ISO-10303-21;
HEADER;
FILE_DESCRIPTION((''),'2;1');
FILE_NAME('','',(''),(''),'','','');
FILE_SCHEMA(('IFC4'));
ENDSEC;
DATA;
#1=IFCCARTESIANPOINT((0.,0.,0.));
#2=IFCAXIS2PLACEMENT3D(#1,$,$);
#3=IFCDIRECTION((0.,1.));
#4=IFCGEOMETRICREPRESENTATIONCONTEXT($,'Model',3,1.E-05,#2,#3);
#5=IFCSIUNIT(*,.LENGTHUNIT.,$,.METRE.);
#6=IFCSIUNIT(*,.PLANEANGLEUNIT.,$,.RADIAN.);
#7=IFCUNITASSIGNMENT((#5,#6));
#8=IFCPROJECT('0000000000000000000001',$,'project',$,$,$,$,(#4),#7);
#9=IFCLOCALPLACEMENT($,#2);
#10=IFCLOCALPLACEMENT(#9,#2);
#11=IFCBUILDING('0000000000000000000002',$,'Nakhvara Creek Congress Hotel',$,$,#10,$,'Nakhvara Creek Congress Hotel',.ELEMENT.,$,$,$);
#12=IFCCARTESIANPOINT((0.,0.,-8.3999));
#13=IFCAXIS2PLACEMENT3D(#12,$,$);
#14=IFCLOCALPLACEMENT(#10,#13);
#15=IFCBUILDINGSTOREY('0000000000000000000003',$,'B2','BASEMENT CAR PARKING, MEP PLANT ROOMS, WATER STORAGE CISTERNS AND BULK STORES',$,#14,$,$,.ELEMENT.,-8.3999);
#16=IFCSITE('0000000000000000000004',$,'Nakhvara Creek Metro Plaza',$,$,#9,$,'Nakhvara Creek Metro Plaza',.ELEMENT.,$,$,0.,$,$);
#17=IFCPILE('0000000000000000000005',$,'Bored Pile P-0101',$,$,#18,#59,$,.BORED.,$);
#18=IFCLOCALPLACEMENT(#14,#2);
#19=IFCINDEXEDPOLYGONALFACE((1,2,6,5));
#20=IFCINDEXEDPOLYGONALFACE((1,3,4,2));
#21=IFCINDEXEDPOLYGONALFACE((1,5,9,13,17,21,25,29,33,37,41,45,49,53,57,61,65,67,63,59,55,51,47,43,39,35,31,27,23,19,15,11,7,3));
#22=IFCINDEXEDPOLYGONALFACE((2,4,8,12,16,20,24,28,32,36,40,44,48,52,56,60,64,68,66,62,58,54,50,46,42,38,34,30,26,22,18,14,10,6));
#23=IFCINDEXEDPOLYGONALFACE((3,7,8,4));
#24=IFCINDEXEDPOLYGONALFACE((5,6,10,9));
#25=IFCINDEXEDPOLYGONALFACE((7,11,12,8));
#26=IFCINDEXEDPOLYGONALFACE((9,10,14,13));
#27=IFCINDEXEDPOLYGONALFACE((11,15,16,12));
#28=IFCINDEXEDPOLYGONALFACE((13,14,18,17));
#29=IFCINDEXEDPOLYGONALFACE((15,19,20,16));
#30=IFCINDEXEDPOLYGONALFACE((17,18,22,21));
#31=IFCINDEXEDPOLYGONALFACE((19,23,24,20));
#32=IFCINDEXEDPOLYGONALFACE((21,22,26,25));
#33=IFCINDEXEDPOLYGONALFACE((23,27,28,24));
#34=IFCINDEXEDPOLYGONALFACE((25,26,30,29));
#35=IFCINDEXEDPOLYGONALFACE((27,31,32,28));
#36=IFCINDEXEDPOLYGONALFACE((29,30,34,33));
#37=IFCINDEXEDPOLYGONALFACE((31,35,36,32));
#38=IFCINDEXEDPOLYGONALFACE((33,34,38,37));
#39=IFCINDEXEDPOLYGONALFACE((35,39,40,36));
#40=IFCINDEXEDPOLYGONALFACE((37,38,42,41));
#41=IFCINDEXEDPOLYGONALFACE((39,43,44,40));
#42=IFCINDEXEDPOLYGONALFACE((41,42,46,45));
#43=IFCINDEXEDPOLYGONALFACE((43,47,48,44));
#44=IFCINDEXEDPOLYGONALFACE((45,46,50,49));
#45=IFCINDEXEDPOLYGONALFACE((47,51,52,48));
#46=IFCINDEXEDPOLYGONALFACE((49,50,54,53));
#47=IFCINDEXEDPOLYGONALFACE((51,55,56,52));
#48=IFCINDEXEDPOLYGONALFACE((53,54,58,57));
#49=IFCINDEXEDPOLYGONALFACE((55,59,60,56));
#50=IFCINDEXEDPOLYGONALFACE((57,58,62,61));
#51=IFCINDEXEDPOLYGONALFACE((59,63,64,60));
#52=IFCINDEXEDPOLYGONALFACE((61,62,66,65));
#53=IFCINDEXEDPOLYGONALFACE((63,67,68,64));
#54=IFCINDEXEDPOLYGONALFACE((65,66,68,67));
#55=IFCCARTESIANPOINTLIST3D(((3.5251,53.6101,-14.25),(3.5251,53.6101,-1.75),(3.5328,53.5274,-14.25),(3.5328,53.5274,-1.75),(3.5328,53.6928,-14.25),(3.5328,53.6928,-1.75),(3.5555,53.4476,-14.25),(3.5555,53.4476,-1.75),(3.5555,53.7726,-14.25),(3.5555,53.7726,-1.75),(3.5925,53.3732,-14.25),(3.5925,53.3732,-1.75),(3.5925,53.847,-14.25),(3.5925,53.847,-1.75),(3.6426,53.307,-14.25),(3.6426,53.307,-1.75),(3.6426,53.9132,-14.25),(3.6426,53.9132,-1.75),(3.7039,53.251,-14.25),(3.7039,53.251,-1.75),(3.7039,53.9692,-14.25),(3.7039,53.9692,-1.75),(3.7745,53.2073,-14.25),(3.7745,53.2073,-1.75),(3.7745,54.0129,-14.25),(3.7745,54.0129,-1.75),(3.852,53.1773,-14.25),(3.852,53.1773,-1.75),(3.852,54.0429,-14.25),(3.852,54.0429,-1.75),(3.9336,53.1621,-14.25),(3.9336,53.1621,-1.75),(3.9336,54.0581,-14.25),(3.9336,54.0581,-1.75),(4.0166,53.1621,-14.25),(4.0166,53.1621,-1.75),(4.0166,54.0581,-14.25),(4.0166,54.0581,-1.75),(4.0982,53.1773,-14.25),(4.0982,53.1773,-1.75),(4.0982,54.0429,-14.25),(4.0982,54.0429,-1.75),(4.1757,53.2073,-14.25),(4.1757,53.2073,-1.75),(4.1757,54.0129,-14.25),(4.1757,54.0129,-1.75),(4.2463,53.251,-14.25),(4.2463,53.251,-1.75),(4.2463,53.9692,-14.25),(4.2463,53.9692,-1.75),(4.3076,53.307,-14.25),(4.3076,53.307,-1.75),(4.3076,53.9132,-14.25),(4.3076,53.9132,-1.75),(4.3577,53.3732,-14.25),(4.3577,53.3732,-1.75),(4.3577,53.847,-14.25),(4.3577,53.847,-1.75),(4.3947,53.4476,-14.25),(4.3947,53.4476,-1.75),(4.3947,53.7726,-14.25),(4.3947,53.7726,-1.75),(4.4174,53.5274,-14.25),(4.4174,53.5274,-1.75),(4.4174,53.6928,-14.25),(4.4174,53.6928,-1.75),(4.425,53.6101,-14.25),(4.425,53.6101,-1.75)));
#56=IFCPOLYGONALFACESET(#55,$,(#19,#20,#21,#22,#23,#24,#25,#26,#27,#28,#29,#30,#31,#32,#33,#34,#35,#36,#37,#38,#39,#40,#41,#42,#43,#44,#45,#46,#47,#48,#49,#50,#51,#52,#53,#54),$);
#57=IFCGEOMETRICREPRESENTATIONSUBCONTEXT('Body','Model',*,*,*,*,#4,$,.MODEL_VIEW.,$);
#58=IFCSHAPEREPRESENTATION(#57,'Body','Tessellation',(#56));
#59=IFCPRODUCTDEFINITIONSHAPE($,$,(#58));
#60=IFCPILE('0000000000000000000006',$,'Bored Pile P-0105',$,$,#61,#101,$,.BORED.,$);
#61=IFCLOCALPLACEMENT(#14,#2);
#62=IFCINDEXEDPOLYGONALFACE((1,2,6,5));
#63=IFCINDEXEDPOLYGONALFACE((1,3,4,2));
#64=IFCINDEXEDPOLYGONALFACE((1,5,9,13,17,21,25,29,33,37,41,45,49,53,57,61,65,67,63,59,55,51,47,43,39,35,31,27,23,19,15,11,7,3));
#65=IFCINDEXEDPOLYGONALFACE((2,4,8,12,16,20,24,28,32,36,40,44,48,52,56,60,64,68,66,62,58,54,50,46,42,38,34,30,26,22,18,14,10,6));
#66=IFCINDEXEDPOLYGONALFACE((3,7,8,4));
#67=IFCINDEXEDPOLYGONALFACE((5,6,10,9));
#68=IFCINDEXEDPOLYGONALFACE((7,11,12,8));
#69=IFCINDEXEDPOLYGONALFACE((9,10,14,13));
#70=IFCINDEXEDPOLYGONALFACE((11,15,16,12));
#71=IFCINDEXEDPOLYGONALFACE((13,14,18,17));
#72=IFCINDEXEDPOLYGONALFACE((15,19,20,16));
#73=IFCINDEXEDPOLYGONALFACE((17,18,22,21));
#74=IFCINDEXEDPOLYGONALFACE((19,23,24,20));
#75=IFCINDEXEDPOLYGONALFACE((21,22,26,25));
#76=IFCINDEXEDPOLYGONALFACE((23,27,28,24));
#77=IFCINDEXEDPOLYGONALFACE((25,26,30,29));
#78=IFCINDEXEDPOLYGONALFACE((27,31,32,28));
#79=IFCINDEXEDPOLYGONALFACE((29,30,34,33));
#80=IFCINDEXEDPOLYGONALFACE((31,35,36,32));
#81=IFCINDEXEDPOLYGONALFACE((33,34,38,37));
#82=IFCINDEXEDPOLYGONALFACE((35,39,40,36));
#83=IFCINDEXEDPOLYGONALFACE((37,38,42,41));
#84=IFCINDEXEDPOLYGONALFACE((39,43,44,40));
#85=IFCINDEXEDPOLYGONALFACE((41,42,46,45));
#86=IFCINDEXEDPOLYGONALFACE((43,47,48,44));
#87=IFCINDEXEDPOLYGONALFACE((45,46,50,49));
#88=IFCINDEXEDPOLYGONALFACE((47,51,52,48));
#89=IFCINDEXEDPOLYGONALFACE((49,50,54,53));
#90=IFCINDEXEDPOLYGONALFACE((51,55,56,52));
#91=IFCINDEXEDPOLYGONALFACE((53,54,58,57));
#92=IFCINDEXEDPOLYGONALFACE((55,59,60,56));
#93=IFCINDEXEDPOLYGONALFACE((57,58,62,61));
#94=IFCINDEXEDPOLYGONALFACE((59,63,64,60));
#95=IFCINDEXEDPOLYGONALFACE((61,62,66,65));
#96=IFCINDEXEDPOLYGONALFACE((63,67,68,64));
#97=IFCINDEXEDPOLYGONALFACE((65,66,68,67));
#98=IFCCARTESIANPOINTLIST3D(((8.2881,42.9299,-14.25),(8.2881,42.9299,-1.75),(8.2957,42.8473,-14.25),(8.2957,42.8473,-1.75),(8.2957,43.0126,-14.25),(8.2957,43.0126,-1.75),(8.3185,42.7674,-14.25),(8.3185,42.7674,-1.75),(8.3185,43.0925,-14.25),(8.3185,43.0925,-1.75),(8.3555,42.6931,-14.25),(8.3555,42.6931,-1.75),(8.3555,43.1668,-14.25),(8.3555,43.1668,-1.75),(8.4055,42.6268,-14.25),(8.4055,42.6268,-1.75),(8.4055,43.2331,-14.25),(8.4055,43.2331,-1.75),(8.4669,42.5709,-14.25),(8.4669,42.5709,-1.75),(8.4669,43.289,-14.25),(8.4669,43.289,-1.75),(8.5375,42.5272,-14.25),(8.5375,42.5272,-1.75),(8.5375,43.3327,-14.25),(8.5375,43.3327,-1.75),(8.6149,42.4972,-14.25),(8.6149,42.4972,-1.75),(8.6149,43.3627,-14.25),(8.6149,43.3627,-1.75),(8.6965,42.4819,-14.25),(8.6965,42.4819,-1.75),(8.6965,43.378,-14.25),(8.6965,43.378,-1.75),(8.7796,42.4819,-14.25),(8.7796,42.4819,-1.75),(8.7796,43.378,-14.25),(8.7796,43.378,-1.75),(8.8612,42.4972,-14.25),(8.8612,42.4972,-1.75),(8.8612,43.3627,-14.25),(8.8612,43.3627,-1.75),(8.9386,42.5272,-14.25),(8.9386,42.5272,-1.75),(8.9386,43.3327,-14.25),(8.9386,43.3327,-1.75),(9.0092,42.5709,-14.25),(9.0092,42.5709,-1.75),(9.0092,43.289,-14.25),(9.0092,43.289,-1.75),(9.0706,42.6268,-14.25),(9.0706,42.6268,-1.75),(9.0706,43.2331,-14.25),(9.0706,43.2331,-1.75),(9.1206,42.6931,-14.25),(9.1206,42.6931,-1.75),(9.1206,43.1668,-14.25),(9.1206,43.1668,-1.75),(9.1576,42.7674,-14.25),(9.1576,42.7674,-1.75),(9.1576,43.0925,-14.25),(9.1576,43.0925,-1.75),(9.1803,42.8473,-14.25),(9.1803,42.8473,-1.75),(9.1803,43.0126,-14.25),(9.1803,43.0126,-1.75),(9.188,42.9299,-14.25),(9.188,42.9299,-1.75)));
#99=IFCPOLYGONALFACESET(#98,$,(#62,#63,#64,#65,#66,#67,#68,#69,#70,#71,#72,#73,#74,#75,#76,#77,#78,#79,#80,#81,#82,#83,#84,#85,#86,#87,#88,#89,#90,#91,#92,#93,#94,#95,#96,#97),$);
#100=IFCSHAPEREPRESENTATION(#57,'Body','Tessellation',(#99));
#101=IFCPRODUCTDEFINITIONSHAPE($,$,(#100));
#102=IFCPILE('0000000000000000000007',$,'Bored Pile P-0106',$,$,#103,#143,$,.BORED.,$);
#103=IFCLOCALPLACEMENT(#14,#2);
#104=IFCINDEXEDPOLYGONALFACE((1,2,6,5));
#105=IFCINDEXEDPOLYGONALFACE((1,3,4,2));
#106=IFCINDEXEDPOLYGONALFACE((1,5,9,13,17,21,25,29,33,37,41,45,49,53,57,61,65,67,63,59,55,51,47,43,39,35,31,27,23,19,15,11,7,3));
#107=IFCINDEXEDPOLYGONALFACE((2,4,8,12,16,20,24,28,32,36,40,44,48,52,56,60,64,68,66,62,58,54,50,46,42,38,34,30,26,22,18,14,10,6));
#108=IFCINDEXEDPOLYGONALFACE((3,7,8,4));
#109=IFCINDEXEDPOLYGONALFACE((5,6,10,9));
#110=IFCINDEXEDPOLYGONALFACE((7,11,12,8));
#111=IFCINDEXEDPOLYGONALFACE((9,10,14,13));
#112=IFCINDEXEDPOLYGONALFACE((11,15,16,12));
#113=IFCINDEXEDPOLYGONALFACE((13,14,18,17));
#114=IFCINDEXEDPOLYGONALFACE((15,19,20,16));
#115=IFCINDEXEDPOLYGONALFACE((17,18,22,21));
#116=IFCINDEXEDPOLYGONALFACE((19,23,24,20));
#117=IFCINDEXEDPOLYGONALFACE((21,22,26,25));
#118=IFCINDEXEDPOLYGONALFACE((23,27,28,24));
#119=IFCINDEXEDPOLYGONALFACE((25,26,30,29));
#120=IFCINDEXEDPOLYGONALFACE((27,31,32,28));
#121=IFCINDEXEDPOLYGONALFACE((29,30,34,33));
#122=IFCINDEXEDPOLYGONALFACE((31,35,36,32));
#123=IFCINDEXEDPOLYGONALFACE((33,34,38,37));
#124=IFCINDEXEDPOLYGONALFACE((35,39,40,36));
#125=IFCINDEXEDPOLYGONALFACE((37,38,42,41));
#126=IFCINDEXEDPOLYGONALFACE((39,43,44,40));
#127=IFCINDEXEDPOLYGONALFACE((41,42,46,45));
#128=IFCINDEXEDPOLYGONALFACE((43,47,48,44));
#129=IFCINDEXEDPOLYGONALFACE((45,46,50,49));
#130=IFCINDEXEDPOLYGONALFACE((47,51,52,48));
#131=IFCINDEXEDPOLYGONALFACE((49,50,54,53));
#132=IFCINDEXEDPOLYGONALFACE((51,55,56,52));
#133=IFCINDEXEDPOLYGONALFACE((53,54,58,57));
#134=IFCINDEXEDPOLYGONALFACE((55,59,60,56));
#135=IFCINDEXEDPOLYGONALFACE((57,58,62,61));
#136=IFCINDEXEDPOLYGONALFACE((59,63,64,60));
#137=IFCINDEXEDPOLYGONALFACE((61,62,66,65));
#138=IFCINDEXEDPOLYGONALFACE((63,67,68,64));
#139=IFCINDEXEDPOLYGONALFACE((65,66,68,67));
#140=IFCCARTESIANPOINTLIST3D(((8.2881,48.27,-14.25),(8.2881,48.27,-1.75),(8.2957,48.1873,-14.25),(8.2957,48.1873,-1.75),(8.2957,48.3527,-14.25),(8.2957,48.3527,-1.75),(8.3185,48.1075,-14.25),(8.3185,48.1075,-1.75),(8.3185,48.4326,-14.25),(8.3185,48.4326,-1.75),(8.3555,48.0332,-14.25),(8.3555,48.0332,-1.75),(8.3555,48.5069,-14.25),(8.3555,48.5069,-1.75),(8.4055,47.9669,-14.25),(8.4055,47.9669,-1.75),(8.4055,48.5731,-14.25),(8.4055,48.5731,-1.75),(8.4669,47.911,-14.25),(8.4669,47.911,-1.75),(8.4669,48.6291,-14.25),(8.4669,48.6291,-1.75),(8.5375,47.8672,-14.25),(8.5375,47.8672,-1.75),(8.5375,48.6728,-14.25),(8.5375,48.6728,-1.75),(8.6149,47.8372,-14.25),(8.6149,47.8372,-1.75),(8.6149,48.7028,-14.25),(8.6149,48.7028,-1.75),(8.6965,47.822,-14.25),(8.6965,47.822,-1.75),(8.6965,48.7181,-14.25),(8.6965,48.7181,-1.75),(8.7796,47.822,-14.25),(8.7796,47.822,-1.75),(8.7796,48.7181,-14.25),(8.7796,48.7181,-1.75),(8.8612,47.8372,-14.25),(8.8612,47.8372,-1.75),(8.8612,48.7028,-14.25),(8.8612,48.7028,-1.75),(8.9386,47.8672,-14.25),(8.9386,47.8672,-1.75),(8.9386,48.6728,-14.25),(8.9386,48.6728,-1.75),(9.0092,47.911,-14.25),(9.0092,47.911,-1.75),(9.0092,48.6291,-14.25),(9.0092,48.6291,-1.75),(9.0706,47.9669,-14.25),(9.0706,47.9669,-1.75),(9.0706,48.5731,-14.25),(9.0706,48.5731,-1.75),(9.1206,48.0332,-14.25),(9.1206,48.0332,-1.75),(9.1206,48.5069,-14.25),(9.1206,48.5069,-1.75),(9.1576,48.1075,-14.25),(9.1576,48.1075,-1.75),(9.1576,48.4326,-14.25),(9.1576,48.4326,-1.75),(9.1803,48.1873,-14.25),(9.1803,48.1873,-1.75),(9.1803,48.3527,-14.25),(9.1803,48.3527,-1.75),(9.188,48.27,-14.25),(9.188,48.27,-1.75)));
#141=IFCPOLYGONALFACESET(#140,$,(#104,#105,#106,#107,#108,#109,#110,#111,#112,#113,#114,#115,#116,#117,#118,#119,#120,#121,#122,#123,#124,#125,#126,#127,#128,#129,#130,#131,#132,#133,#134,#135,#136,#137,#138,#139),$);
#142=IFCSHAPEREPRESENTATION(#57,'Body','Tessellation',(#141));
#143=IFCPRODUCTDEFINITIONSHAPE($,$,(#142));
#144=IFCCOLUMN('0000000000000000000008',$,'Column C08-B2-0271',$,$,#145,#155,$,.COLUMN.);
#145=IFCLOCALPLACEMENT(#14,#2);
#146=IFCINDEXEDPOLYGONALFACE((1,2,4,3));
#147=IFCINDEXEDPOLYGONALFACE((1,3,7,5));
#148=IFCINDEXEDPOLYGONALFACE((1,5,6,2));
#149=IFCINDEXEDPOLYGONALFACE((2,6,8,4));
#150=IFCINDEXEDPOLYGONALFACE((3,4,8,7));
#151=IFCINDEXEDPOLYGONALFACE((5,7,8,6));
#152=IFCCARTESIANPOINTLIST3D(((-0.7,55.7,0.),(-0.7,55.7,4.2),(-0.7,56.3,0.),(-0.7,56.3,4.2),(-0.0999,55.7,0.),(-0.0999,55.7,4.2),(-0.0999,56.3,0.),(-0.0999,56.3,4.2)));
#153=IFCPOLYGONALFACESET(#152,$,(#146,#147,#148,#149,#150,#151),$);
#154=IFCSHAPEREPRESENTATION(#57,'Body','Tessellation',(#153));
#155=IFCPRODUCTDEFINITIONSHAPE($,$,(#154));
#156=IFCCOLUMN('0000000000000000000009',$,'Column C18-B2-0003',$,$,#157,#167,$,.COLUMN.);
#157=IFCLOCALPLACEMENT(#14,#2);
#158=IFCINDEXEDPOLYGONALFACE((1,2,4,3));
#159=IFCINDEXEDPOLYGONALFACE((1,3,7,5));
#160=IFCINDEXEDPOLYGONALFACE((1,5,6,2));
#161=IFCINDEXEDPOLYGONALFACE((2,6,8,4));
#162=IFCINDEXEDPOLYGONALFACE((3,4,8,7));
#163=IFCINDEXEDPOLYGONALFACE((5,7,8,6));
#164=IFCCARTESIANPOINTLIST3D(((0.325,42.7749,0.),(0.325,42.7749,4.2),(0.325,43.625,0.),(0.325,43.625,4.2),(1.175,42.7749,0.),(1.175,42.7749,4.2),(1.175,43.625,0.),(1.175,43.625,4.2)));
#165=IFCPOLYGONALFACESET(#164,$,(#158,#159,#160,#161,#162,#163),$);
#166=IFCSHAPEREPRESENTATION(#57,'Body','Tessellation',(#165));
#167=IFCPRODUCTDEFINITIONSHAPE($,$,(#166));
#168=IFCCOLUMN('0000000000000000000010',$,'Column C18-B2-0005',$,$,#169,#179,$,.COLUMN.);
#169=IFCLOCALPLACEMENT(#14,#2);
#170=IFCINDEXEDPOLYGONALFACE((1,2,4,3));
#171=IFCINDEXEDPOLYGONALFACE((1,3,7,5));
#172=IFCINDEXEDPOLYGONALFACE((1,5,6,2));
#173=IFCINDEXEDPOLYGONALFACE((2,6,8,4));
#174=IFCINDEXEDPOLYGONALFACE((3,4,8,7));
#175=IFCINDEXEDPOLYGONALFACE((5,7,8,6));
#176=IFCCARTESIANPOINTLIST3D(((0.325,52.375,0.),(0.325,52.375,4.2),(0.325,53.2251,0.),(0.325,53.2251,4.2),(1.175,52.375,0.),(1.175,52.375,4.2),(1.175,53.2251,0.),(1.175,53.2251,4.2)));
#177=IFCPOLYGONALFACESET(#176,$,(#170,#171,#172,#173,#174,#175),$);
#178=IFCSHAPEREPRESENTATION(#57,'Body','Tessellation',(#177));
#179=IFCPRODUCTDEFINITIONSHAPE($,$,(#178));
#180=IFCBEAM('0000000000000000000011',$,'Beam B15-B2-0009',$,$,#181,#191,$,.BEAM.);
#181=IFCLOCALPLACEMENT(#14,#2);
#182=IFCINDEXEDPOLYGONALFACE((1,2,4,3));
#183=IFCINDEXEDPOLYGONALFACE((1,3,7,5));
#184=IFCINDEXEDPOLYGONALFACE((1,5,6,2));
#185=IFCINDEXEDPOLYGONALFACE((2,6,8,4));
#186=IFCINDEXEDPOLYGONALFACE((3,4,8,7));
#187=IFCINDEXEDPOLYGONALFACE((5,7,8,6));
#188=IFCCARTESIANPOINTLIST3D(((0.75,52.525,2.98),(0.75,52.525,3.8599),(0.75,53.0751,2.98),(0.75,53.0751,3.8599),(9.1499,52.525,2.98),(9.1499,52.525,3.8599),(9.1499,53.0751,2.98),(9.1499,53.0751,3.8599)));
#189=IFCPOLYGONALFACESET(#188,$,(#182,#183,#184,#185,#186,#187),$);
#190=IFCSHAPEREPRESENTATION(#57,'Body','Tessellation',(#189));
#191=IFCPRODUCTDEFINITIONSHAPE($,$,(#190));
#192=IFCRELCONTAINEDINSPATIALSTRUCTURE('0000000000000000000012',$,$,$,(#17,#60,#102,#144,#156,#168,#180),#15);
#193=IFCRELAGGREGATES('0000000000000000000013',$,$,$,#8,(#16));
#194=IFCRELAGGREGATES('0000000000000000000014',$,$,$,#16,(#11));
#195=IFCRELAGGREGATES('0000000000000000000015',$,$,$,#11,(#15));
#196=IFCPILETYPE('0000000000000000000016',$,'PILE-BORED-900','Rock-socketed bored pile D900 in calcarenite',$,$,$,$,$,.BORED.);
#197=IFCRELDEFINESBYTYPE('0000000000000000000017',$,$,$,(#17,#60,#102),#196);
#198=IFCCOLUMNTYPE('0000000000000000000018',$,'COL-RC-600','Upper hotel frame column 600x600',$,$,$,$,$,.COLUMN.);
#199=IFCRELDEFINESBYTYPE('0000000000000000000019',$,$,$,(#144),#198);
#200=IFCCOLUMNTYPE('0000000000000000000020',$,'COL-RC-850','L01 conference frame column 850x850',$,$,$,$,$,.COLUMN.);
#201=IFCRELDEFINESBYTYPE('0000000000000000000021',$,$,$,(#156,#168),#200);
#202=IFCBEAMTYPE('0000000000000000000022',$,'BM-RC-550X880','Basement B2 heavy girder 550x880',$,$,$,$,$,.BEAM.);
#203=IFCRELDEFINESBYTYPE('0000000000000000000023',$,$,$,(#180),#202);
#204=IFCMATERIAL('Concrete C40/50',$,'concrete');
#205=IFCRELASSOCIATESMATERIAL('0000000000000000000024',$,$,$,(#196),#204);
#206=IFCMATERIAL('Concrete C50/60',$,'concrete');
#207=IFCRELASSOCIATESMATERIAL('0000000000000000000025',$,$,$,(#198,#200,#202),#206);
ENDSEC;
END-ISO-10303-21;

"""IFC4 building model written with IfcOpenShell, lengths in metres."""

from ifc_helpers import new_model, si_unit, direction, frame, origin, origin_2d, place, context, subcontext, project, spatial, rectangle, circle, extrude, material, material_profile, profile_set, type_object, element, save


model = new_model("IFC4")

# Units and contexts
model_context = context("Model", 3, precision=1e-05, world=origin(), true_north=direction((0.0, 1.0)))
body_context = subcontext(model_context, "Body", "Model", "MODEL_VIEW")
ifc_project = project(units=[si_unit("LENGTHUNIT", "METRE"), si_unit("PLANEANGLEUNIT", "RADIAN")], contexts=[model_context])

# Site, building, storey
site_placement = place(None, origin())
site = spatial("IfcSite", under=ifc_project, at=site_placement, Name="Nakhvara Creek Metro Plaza", LongName="Nakhvara Creek Metro Plaza", CompositionType="ELEMENT", RefElevation=0.0)
building_placement = place(site_placement, origin())
building = spatial("IfcBuilding", under=site, at=building_placement, Name="Nakhvara Creek Congress Hotel", LongName="Nakhvara Creek Congress Hotel", CompositionType="ELEMENT")
storey_placement = place(building_placement, frame((0.0, 0.0, -8.3999)))
storey = spatial("IfcBuildingStorey", under=building, at=storey_placement, Name="B2", Description="BASEMENT CAR PARKING, MEP PLANT ROOMS, WATER STORAGE CISTERNS AND BULK STORES", CompositionType="ELEMENT", Elevation=-8.3999)

# Shared definitions
ifc_material_1 = material(Name="Concrete C40/50", Category="concrete")

# Piles
ifc_material_profile_1 = material_profile(ifc_material_1, circle(Radius=0.45, at=origin_2d()), Name="BORED PILE D900", Category="LoadBearing")
ifc_profile_set_1 = profile_set([ifc_material_profile_1], Name="Concrete C40/50")
pile_type = type_object("IfcPileType", Name="PILE-BORED-900", Description="Rock-socketed bored pile D900 in calcarenite", PredefinedType="BORED", material=ifc_profile_set_1)
for number, where, z_axis, x_axis, name in (
    (1, (3.9751, 53.6101, -1.75), (0.0, 0.0, -1.0), (1.0, 0.0, 0.0), "Bored Pile P-0101"),
    (2, (8.738, 42.9299, -1.75), (0.0, 0.0, -1.0), (1.0, 0.0, 0.0), "Bored Pile P-0105"),
    (3, (8.738, 48.27, -1.75), (0.0, 0.0, -1.0), (1.0, 0.0, 0.0), "Bored Pile P-0106"),
):
    element("IfcPile", number, at=place(storey_placement, frame(where, z_axis=z_axis, x_axis=x_axis)), inside=storey, type_object=pile_type, Name=name, PredefinedType="BORED", context=body_context, shape_type="SweptSolid", body=[
        extrude(circle(Radius=0.45, at=origin_2d()), origin(), (0.0, 0.0, 1.0), 12.5),
    ])

# Columns
ifc_material_2 = material(Name="Concrete C50/60", Category="concrete")
ifc_material_profile_2 = material_profile(ifc_material_2, rectangle(XDim=0.6001, YDim=0.6001, at=origin_2d()), Name="RC-COL 600x600", Category="LoadBearing")
ifc_profile_set_2 = profile_set([ifc_material_profile_2], Name="Concrete C50/60")
column_type_1 = type_object("IfcColumnType", Name="COL-RC-600", Description="Upper hotel frame column 600x600", PredefinedType="COLUMN", material=ifc_profile_set_2)
column_placement = place(storey_placement, frame((-0.3999, 56.0, 0.0), z_axis=(0.0, 0.0, 1.0), x_axis=(1.0, 0.0, 0.0)))
element("IfcColumn", 4, at=column_placement, inside=storey, type_object=column_type_1, Name="Column C08-B2-0271", PredefinedType="COLUMN", context=body_context, shape_type="SweptSolid", body=[
    extrude(rectangle(XDim=0.6001, YDim=0.6001, at=origin_2d()), origin(), (0.0, 0.0, 1.0), 4.2),
])
ifc_material_profile_3 = material_profile(ifc_material_2, rectangle(XDim=0.8501, YDim=0.8501, at=origin_2d()), Name="RC-COL 850x850", Category="LoadBearing")
ifc_profile_set_3 = profile_set([ifc_material_profile_3], Name="Concrete C50/60")
column_type_2 = type_object("IfcColumnType", Name="COL-RC-850", Description="L01 conference frame column 850x850", PredefinedType="COLUMN", material=ifc_profile_set_3)
for number, where, z_axis, x_axis, name in (
    (5, (0.75, 43.2, 0.0), (0.0, 0.0, 1.0), (1.0, 0.0, 0.0), "Column C18-B2-0003"),
    (6, (0.75, 52.8, 0.0), (0.0, 0.0, 1.0), (1.0, 0.0, 0.0), "Column C18-B2-0005"),
):
    element("IfcColumn", number, at=place(storey_placement, frame(where, z_axis=z_axis, x_axis=x_axis)), inside=storey, type_object=column_type_2, Name=name, PredefinedType="COLUMN", context=body_context, shape_type="SweptSolid", body=[
        extrude(rectangle(XDim=0.8501, YDim=0.8501, at=origin_2d()), origin(), (0.0, 0.0, 1.0), 4.2),
    ])

# Beam
ifc_material_profile_4 = material_profile(ifc_material_2, rectangle(XDim=0.55, YDim=0.8799, at=origin_2d()), Name="RC-BM 550x880", Category="LoadBearing")
ifc_profile_set_4 = profile_set([ifc_material_profile_4], Name="Concrete C50/60")
beam_type_1 = type_object("IfcBeamType", Name="BM-RC-550X880", Description="Basement B2 heavy girder 550x880", PredefinedType="BEAM", material=ifc_profile_set_4)
beam_1_placement = place(storey_placement, frame((0.75, 52.8, 3.4199), z_axis=(1.0, 0.0, 0.0), x_axis=(0.0, 1.0, 0.0)))
element("IfcBeam", 7, at=beam_1_placement, inside=storey, type_object=beam_type_1, Name="Beam B15-B2-0009", PredefinedType="BEAM", context=body_context, shape_type="SweptSolid", body=[
    extrude(rectangle(XDim=0.55, YDim=0.8799, at=origin_2d()), origin(), (0.0, 0.0, 1.0), 8.3999),
])

save(model, "model.ifc")
